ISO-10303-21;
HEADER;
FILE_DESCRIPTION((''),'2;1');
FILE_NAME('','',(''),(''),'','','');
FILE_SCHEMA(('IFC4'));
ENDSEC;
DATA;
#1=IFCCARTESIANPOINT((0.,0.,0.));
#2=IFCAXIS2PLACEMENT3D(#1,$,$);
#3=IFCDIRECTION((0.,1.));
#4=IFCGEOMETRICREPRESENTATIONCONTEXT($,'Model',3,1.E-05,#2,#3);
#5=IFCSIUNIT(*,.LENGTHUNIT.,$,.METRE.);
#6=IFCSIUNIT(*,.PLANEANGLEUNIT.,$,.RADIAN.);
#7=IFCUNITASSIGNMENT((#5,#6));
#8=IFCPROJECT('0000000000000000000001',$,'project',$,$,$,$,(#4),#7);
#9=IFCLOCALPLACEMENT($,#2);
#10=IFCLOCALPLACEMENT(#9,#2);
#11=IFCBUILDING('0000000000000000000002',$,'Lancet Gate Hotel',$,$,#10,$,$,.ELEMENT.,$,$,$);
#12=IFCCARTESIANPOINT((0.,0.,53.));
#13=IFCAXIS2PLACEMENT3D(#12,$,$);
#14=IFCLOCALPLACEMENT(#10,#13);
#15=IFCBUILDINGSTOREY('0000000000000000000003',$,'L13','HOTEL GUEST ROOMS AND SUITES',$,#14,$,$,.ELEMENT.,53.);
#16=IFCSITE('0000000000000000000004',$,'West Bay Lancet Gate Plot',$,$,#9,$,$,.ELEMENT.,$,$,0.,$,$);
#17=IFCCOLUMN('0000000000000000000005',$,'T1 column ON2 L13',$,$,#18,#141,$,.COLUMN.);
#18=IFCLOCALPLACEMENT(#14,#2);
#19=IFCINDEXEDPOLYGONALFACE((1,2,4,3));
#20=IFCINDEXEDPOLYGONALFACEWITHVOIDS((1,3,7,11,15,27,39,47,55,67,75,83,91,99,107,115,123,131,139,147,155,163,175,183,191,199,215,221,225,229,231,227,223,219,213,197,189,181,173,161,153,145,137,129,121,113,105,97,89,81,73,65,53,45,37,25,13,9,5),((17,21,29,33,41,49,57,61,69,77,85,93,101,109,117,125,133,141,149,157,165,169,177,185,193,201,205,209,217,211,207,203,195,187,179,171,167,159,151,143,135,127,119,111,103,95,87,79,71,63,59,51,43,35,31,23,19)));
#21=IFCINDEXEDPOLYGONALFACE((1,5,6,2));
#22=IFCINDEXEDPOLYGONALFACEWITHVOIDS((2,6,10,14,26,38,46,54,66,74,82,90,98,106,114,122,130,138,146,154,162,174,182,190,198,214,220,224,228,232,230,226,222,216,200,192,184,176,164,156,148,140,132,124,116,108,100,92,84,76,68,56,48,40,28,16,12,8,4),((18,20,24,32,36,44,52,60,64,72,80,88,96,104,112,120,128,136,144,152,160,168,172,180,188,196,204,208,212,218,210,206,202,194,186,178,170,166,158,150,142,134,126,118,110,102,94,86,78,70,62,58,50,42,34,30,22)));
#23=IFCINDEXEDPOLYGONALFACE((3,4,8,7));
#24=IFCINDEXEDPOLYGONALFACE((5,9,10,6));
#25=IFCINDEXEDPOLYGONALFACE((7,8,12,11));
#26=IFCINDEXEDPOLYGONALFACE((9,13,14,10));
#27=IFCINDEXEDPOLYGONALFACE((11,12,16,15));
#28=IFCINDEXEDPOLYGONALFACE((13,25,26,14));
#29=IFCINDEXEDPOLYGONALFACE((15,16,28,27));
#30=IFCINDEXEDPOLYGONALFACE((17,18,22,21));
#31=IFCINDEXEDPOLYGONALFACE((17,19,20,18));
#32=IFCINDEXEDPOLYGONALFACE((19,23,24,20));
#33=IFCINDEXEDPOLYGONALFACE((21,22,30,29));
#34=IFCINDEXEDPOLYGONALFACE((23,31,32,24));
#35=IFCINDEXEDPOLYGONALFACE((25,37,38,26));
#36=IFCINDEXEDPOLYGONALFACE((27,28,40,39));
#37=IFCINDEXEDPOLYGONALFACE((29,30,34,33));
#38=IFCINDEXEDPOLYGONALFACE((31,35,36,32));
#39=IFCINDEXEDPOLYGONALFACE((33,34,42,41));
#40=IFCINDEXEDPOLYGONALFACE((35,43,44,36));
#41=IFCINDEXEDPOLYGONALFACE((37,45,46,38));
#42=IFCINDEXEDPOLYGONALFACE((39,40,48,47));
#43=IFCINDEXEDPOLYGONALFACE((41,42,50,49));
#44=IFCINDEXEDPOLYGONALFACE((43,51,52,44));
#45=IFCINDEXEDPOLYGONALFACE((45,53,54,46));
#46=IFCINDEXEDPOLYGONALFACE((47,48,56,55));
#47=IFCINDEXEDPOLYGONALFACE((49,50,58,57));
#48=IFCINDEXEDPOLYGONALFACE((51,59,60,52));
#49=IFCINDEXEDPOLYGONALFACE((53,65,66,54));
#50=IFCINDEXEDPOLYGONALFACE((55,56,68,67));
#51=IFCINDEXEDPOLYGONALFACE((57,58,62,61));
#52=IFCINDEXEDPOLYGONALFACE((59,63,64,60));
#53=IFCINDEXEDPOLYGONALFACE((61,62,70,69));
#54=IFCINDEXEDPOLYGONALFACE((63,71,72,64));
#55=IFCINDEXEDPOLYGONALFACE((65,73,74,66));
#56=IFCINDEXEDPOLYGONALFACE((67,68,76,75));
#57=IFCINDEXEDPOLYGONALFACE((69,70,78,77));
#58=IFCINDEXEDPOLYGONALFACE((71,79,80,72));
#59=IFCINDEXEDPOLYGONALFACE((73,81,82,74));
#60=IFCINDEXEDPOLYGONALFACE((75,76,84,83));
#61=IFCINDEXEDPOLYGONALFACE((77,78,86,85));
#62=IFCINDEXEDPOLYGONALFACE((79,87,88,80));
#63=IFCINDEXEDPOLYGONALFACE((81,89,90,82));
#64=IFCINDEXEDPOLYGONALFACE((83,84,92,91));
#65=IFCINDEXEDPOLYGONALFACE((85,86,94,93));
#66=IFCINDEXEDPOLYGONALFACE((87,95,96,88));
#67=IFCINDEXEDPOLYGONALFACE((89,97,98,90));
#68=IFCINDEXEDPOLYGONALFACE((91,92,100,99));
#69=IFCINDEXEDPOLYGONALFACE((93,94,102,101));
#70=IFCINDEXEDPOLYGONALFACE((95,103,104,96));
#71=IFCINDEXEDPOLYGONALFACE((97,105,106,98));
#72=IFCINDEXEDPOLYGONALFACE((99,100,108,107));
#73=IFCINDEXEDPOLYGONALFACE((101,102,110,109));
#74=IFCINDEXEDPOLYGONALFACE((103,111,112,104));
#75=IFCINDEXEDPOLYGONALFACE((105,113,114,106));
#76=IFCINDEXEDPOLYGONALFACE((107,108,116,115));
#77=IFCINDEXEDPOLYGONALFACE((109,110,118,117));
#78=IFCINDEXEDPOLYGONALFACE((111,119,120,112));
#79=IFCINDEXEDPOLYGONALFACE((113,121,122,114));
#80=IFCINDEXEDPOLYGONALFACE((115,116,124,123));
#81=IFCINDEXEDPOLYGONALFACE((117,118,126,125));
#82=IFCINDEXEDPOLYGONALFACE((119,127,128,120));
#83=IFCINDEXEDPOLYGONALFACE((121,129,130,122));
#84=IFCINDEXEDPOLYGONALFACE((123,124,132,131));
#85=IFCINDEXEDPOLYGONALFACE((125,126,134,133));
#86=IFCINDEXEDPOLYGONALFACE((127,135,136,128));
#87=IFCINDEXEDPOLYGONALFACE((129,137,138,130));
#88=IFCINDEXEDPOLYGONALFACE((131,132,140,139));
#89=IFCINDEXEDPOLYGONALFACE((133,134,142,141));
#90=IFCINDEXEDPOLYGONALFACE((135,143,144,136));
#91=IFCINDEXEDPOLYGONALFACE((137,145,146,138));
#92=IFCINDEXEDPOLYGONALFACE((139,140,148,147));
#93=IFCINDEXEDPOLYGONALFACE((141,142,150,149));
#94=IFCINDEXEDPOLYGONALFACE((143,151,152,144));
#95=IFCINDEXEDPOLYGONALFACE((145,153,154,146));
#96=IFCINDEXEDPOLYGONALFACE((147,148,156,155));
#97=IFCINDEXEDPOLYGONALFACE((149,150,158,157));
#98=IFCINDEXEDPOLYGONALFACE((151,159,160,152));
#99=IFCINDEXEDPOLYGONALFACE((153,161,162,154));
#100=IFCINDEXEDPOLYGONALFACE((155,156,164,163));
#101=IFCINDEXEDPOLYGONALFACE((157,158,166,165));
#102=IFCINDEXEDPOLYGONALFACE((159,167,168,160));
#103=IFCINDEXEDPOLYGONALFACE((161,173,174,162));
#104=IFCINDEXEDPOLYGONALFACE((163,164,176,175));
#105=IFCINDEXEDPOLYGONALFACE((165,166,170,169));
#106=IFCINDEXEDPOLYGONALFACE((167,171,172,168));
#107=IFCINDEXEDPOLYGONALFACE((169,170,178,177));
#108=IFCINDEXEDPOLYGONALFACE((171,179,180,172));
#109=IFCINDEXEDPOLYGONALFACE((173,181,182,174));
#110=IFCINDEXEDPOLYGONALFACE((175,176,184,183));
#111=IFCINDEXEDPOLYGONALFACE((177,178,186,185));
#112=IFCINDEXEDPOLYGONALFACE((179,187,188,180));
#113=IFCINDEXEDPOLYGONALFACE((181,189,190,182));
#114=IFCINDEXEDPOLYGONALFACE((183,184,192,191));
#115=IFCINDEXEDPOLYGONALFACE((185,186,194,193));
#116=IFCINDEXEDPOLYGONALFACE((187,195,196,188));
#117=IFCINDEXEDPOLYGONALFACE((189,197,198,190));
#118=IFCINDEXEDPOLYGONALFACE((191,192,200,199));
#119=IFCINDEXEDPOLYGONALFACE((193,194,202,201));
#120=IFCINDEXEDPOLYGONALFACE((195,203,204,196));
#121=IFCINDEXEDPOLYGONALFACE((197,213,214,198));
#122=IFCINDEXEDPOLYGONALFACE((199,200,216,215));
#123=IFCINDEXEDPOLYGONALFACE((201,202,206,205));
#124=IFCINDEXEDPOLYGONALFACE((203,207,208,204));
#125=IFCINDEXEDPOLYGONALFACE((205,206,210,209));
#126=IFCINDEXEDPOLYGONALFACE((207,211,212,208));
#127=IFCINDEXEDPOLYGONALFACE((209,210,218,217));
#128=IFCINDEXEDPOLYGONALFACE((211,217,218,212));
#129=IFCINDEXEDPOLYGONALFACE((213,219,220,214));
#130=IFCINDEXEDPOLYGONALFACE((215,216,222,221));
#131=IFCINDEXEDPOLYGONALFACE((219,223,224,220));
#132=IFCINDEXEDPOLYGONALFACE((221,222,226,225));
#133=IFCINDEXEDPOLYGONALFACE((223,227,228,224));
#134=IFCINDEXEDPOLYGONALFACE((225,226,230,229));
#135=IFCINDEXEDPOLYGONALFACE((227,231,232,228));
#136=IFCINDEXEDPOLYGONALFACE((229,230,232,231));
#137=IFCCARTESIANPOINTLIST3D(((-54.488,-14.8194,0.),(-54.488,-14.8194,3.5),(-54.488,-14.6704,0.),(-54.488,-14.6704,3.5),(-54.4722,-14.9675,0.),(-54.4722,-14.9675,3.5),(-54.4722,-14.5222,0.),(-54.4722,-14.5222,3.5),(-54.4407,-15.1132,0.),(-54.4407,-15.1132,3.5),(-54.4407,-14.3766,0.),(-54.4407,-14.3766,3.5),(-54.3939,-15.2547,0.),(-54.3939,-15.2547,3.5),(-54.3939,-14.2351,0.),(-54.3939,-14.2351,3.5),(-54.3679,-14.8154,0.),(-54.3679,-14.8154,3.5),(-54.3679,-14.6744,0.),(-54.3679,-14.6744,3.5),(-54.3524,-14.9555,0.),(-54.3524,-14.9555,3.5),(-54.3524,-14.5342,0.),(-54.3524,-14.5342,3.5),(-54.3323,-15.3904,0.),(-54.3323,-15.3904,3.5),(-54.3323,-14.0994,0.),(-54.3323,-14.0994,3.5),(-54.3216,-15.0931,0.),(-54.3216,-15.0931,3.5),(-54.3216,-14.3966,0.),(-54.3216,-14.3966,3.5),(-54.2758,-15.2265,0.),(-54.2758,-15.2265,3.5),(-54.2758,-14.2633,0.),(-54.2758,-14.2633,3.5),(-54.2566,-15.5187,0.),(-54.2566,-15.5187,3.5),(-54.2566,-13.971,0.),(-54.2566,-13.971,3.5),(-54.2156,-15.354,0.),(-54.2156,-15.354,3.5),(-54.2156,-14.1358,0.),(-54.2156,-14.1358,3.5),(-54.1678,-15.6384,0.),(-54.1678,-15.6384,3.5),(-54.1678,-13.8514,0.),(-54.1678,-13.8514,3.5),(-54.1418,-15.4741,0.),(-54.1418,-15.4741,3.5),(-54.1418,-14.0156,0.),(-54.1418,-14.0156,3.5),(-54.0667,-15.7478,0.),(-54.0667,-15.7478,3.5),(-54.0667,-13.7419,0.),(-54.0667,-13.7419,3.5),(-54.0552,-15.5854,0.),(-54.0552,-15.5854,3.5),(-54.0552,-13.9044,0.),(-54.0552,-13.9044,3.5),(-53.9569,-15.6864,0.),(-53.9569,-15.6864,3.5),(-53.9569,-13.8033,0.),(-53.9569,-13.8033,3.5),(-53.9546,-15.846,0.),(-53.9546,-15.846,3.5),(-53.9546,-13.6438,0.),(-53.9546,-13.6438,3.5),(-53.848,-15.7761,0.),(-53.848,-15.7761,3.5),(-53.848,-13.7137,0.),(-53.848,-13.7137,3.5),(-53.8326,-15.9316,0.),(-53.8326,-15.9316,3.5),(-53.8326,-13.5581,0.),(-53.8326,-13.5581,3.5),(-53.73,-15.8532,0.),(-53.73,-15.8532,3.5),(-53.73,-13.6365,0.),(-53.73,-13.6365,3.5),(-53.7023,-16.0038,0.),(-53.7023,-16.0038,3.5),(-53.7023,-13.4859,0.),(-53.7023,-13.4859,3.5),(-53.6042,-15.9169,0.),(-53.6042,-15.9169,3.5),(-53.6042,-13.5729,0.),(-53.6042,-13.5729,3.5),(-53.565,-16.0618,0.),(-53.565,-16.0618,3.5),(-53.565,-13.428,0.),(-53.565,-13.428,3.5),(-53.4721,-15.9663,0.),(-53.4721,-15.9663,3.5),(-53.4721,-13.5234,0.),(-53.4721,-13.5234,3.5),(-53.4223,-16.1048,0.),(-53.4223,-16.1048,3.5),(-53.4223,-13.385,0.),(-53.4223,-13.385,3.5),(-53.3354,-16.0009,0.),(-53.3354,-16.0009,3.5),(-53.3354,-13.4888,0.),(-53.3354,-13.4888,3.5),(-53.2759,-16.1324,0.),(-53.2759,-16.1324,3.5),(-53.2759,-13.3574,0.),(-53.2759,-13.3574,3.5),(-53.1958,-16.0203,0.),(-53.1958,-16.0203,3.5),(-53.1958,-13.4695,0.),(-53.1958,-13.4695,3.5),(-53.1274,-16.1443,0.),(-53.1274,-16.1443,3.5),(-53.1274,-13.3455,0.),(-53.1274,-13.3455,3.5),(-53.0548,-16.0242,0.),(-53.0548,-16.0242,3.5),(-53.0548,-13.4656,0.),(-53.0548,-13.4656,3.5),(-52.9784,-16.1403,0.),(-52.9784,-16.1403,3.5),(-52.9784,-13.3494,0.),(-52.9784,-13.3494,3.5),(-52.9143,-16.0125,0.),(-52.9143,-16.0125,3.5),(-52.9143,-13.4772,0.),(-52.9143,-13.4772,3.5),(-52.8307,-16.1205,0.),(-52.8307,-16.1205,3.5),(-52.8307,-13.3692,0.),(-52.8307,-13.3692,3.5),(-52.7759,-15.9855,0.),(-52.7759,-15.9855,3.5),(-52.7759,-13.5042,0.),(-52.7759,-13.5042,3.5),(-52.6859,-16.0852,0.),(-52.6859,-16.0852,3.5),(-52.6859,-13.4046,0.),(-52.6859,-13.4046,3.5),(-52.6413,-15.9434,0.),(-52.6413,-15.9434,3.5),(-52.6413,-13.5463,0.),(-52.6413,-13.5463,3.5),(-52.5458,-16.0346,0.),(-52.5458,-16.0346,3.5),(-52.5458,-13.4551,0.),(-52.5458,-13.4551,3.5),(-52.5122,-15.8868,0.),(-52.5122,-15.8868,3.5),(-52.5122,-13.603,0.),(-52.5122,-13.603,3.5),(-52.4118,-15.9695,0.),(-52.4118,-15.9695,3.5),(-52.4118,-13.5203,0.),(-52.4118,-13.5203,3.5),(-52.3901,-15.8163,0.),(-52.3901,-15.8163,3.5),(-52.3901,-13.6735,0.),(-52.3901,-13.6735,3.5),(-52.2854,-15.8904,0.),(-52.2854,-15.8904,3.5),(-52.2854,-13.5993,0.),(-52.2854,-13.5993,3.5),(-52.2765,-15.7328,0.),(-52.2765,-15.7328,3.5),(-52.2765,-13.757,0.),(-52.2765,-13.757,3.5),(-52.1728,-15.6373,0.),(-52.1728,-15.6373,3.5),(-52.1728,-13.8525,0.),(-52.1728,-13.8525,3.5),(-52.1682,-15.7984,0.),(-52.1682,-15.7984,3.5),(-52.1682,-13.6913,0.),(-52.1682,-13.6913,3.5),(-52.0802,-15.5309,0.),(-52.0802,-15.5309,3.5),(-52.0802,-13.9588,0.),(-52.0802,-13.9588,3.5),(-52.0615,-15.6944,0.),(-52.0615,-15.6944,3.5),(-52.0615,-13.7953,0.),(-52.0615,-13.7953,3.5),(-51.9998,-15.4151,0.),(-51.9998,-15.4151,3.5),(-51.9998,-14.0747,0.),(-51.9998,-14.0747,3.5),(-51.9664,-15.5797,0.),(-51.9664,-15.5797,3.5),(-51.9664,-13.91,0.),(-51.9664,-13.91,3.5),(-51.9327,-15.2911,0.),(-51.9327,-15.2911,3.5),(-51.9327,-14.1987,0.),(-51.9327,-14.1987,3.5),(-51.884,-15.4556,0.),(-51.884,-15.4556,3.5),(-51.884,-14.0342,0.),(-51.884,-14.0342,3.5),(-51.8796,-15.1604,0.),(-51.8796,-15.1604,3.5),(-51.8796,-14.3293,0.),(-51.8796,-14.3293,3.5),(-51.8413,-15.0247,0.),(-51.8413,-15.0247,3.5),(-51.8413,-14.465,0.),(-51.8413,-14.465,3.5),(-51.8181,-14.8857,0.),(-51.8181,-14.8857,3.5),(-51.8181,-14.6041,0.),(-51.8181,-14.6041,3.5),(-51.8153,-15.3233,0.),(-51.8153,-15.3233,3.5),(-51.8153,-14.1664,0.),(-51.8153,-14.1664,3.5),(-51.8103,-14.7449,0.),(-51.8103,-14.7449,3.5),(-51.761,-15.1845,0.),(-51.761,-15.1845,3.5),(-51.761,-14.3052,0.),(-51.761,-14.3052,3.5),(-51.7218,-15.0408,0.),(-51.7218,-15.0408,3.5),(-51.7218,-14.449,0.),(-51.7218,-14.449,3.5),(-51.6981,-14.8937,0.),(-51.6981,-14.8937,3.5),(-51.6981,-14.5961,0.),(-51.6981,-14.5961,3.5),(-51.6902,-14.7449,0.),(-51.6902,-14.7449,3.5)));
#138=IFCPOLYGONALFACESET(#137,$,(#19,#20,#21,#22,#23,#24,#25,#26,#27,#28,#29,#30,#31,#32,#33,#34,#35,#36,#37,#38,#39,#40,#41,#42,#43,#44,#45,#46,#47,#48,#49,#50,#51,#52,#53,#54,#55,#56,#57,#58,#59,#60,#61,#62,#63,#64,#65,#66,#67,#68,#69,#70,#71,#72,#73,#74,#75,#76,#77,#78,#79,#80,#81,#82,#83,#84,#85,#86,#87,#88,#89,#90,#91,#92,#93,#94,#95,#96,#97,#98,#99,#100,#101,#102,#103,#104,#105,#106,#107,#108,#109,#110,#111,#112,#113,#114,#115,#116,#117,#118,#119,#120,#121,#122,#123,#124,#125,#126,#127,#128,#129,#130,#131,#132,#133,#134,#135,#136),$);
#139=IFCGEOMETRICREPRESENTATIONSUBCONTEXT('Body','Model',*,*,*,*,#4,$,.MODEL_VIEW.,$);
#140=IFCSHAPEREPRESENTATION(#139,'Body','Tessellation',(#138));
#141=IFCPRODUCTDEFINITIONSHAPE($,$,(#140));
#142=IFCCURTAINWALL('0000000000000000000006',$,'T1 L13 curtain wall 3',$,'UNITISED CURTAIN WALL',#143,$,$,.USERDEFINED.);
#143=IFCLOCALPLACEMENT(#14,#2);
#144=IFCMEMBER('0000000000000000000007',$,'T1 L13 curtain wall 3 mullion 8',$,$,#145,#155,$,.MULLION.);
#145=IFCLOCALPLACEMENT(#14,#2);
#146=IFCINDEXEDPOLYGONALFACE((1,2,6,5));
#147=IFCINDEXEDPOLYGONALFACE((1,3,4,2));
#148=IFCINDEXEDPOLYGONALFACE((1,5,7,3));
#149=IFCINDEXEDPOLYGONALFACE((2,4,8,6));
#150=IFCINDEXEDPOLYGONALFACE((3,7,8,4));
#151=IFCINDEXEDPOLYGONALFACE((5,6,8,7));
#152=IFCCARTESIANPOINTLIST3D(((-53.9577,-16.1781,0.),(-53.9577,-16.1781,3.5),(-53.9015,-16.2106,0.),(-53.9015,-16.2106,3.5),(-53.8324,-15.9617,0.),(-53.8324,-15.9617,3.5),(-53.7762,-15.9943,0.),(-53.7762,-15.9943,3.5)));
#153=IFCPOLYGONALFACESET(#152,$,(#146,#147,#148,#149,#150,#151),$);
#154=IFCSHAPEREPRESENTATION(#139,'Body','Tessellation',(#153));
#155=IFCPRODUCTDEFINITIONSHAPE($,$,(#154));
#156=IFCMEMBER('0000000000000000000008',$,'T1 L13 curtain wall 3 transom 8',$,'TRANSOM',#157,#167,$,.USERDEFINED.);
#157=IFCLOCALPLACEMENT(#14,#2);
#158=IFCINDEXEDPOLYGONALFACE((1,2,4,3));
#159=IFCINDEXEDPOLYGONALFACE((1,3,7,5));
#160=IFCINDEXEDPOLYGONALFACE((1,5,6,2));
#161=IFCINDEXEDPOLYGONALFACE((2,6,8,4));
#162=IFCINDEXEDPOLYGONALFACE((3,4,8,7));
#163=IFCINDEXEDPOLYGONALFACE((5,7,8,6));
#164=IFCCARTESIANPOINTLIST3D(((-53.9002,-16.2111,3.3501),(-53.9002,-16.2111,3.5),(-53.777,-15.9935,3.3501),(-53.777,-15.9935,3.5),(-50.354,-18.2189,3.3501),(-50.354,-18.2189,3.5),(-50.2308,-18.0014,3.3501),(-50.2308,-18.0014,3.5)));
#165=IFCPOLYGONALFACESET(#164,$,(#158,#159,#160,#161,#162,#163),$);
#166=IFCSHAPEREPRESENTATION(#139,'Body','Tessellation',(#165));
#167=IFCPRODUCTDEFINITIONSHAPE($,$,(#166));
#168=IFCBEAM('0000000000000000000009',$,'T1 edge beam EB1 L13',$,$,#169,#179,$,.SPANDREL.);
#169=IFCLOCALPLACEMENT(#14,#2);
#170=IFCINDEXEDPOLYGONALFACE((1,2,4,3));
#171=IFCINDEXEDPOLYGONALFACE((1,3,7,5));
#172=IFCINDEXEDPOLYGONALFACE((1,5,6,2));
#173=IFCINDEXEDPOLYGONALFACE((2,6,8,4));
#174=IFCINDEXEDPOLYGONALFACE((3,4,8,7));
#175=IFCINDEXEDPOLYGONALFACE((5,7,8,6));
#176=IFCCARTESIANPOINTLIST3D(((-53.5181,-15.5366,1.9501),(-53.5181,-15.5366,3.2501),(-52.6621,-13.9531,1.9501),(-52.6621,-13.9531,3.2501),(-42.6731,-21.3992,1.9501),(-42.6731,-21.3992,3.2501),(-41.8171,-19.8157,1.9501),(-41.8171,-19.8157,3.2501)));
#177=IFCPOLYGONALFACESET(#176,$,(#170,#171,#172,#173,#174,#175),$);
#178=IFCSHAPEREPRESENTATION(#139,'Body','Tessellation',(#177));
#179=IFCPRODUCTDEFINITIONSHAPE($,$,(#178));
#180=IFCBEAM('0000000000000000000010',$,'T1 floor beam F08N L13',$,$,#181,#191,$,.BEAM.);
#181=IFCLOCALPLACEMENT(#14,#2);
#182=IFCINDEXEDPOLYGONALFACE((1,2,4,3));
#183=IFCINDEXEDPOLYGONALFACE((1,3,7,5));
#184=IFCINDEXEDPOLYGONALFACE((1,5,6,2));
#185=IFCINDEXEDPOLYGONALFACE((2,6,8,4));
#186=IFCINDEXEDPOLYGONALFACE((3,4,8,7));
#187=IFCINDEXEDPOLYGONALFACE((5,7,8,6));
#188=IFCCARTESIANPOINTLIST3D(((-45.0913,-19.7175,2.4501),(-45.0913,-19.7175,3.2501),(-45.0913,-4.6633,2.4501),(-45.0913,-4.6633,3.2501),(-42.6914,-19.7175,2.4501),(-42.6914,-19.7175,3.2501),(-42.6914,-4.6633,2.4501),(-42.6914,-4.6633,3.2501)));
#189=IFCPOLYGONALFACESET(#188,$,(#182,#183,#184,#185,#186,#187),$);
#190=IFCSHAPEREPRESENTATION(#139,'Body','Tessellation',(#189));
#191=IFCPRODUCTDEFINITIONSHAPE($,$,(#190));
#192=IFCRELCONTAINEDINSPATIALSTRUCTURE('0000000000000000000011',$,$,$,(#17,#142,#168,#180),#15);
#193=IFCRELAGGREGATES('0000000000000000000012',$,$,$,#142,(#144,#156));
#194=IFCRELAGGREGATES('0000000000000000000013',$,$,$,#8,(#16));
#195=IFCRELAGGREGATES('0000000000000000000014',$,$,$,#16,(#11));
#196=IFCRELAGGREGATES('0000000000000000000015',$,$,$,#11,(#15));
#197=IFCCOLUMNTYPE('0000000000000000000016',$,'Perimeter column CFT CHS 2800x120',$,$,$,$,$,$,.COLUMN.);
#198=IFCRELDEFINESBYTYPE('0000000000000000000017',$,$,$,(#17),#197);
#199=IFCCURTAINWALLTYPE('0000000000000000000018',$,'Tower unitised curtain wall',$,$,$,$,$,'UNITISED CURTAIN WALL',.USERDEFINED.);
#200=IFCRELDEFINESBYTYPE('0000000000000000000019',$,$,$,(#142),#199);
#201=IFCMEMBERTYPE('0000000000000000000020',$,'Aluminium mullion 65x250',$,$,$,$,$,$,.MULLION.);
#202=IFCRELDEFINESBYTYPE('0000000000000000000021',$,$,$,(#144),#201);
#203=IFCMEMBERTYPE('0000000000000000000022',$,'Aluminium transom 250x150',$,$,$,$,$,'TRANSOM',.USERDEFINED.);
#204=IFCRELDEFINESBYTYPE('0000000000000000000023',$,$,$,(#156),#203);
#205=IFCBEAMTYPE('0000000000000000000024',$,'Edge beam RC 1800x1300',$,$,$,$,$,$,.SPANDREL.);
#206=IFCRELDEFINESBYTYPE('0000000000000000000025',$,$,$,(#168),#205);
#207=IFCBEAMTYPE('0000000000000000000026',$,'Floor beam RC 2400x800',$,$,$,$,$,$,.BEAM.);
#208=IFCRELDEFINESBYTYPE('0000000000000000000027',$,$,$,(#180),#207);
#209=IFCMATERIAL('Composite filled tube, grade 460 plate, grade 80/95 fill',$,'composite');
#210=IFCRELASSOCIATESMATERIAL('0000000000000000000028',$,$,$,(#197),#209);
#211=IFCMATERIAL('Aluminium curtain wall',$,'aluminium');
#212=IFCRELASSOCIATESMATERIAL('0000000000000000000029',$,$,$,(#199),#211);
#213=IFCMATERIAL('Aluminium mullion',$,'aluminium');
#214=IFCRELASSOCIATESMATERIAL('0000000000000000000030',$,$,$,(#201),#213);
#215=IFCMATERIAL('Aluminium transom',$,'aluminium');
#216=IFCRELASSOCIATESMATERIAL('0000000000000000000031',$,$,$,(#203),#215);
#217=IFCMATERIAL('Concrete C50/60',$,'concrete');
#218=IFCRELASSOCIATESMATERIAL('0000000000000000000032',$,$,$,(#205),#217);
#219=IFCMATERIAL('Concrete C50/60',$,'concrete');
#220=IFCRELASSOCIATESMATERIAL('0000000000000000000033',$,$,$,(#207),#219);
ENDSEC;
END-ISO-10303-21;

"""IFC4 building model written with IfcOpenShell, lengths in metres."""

from ifc_helpers import new_model, si_unit, direction, frame, origin, origin_2d, place, context, subcontext, project, spatial, rectangle, hollow_circle, extrude, material, material_profile, profile_set, type_object, element, aggregate, save


model = new_model("IFC4")

# Units and contexts
model_context = context("Model", 3, precision=1e-05, world=origin(), true_north=direction((0.0, 1.0)))
body_context = subcontext(model_context, "Body", "Model", "MODEL_VIEW")
ifc_project = project(units=[si_unit("LENGTHUNIT", "METRE"), si_unit("PLANEANGLEUNIT", "RADIAN")], contexts=[model_context])

# Site, building, storey
site_placement = place(None, origin())
site = spatial("IfcSite", under=ifc_project, at=site_placement, Name="West Bay Lancet Gate Plot", CompositionType="ELEMENT", RefElevation=0.0)
building_placement = place(site_placement, origin())
building = spatial("IfcBuilding", under=site, at=building_placement, Name="Lancet Gate Hotel", CompositionType="ELEMENT")
storey_placement = place(building_placement, frame((0.0, 0.0, 53.0)))
storey = spatial("IfcBuildingStorey", under=building, at=storey_placement, Name="L13", Description="HOTEL GUEST ROOMS AND SUITES", CompositionType="ELEMENT", Elevation=53.0)

# Column
ifc_material_1 = material(Name="Composite filled tube, grade 460 plate, grade 80/95 fill", Category="composite")
ifc_material_profile_1 = material_profile(ifc_material_1, hollow_circle(Radius=1.3999, WallThickness=0.1201, at=origin_2d()), Name="CHS 2800x120")
ifc_profile_set_1 = profile_set([ifc_material_profile_1], Name="Composite filled tube, grade 460 plate, grade 80/95 fill")
column_type = type_object("IfcColumnType", Name="Perimeter column CFT CHS 2800x120", PredefinedType="COLUMN", material=ifc_profile_set_1)
column_placement = place(storey_placement, frame((-53.0901, -14.7449, 0.0), z_axis=(0.0, 0.0, 1.0), x_axis=(1.0, 0.0, 0.0)))
element("IfcColumn", 1, at=column_placement, inside=storey, type_object=column_type, Name="T1 column ON2 L13", PredefinedType="COLUMN", context=body_context, shape_type="SweptSolid", body=[
    extrude(hollow_circle(Radius=1.3999, WallThickness=0.1201, at=origin_2d()), origin(), (0.0, 0.0, 1.0), 3.5),
])

# Curtain wall, members
ifc_material_2 = material(Name="Aluminium curtain wall", Category="aluminium")
curtain_wall_type = type_object("IfcCurtainWallType", Name="Tower unitised curtain wall", ElementType="UNITISED CURTAIN WALL", PredefinedType="USERDEFINED", material=ifc_material_2)
curtain_wall_placement = place(storey_placement, origin())
curtain_wall = element("IfcCurtainWall", 2, at=curtain_wall_placement, inside=storey, type_object=curtain_wall_type, Name="T1 L13 curtain wall 3", ObjectType="UNITISED CURTAIN WALL", PredefinedType="USERDEFINED")
ifc_material_3 = material(Name="Aluminium mullion", Category="aluminium")
ifc_material_profile_2 = material_profile(ifc_material_3, rectangle(XDim=0.0649, YDim=0.25, at=origin_2d()), Name="MULLION 65x250")
ifc_profile_set_2 = profile_set([ifc_material_profile_2], Name="Aluminium mullion")
member_type_1 = type_object("IfcMemberType", Name="Aluminium mullion 65x250", PredefinedType="MULLION", material=ifc_profile_set_2)
member_1_placement = place(storey_placement, frame((-53.8669, -16.0862, 0.0), z_axis=(0.0, 0.0, 1.0), x_axis=(0.865335, -0.501194, 0.0)))
member_1 = element("IfcMember", 3, at=member_1_placement, type_object=member_type_1, Name="T1 L13 curtain wall 3 mullion 8", PredefinedType="MULLION", context=body_context, shape_type="SweptSolid", body=[
    extrude(rectangle(XDim=0.0649, YDim=0.25, at=origin_2d()), origin(), (0.0, 0.0, 1.0), 3.5),
])
ifc_material_4 = material(Name="Aluminium transom", Category="aluminium")
ifc_material_profile_3 = material_profile(ifc_material_4, rectangle(XDim=0.25, YDim=0.1499, at=origin_2d()), Name="TRANSOM 250x150")
ifc_profile_set_3 = profile_set([ifc_material_profile_3], Name="Aluminium transom")
member_type_2 = type_object("IfcMemberType", Name="Aluminium transom 250x150", ElementType="TRANSOM", PredefinedType="USERDEFINED", material=ifc_profile_set_3)
member_2_placement = place(storey_placement, frame((-53.8386, -16.1023, 3.425), z_axis=(0.870198, -0.492703, 0.0), x_axis=(0.492703, 0.870198, 0.0)))
member_2 = element("IfcMember", 4, at=member_2_placement, type_object=member_type_2, Name="T1 L13 curtain wall 3 transom 8", ObjectType="TRANSOM", PredefinedType="USERDEFINED", context=body_context, shape_type="SweptSolid", body=[
    extrude(rectangle(XDim=0.25, YDim=0.1499, at=origin_2d()), origin(), (0.0, 0.0, 1.0), 4.0752),
])
aggregate(curtain_wall, [member_1, member_2])

# Beams
ifc_material_5 = material(Name="Concrete C50/60", Category="concrete")
ifc_material_profile_4 = material_profile(ifc_material_5, rectangle(XDim=1.8, YDim=1.3, at=origin_2d()), Name="RC 1800x1300")
ifc_profile_set_4 = profile_set([ifc_material_profile_4], Name="Concrete C50/60")
beam_type_1 = type_object("IfcBeamType", Name="Edge beam RC 1800x1300", PredefinedType="SPANDREL", material=ifc_profile_set_4)
beam_1_placement = place(storey_placement, frame((-53.0901, -14.7449, 2.6001), z_axis=(0.879693, -0.475542, 0.0), x_axis=(0.475542, 0.879693, 0.0)))
element("IfcBeam", 5, at=beam_1_placement, inside=storey, type_object=beam_type_1, Name="T1 edge beam EB1 L13", PredefinedType="SPANDREL", context=body_context, shape_type="SweptSolid", body=[
    extrude(rectangle(XDim=1.8, YDim=1.3, at=origin_2d()), origin(), (0.0, 0.0, 1.0), 12.3281),
])
ifc_material_6 = material(Name="Concrete C50/60", Category="concrete")
ifc_material_profile_5 = material_profile(ifc_material_6, rectangle(XDim=2.3999, YDim=0.8, at=origin_2d()), Name="RC 2400x800")
ifc_profile_set_5 = profile_set([ifc_material_profile_5], Name="Concrete C50/60")
beam_type_2 = type_object("IfcBeamType", Name="Floor beam RC 2400x800", PredefinedType="BEAM", material=ifc_profile_set_5)
beam_2_placement = place(storey_placement, frame((-43.8914, -4.6633, 2.8501), z_axis=(0.0, -1.0, 0.0), x_axis=(1.0, 0.0, 0.0)))
element("IfcBeam", 6, at=beam_2_placement, inside=storey, type_object=beam_type_2, Name="T1 floor beam F08N L13", PredefinedType="BEAM", context=body_context, shape_type="SweptSolid", body=[
    extrude(rectangle(XDim=2.3999, YDim=0.8, at=origin_2d()), origin(), (0.0, 0.0, 1.0), 15.0542),
])

save(model, "model.ifc")
